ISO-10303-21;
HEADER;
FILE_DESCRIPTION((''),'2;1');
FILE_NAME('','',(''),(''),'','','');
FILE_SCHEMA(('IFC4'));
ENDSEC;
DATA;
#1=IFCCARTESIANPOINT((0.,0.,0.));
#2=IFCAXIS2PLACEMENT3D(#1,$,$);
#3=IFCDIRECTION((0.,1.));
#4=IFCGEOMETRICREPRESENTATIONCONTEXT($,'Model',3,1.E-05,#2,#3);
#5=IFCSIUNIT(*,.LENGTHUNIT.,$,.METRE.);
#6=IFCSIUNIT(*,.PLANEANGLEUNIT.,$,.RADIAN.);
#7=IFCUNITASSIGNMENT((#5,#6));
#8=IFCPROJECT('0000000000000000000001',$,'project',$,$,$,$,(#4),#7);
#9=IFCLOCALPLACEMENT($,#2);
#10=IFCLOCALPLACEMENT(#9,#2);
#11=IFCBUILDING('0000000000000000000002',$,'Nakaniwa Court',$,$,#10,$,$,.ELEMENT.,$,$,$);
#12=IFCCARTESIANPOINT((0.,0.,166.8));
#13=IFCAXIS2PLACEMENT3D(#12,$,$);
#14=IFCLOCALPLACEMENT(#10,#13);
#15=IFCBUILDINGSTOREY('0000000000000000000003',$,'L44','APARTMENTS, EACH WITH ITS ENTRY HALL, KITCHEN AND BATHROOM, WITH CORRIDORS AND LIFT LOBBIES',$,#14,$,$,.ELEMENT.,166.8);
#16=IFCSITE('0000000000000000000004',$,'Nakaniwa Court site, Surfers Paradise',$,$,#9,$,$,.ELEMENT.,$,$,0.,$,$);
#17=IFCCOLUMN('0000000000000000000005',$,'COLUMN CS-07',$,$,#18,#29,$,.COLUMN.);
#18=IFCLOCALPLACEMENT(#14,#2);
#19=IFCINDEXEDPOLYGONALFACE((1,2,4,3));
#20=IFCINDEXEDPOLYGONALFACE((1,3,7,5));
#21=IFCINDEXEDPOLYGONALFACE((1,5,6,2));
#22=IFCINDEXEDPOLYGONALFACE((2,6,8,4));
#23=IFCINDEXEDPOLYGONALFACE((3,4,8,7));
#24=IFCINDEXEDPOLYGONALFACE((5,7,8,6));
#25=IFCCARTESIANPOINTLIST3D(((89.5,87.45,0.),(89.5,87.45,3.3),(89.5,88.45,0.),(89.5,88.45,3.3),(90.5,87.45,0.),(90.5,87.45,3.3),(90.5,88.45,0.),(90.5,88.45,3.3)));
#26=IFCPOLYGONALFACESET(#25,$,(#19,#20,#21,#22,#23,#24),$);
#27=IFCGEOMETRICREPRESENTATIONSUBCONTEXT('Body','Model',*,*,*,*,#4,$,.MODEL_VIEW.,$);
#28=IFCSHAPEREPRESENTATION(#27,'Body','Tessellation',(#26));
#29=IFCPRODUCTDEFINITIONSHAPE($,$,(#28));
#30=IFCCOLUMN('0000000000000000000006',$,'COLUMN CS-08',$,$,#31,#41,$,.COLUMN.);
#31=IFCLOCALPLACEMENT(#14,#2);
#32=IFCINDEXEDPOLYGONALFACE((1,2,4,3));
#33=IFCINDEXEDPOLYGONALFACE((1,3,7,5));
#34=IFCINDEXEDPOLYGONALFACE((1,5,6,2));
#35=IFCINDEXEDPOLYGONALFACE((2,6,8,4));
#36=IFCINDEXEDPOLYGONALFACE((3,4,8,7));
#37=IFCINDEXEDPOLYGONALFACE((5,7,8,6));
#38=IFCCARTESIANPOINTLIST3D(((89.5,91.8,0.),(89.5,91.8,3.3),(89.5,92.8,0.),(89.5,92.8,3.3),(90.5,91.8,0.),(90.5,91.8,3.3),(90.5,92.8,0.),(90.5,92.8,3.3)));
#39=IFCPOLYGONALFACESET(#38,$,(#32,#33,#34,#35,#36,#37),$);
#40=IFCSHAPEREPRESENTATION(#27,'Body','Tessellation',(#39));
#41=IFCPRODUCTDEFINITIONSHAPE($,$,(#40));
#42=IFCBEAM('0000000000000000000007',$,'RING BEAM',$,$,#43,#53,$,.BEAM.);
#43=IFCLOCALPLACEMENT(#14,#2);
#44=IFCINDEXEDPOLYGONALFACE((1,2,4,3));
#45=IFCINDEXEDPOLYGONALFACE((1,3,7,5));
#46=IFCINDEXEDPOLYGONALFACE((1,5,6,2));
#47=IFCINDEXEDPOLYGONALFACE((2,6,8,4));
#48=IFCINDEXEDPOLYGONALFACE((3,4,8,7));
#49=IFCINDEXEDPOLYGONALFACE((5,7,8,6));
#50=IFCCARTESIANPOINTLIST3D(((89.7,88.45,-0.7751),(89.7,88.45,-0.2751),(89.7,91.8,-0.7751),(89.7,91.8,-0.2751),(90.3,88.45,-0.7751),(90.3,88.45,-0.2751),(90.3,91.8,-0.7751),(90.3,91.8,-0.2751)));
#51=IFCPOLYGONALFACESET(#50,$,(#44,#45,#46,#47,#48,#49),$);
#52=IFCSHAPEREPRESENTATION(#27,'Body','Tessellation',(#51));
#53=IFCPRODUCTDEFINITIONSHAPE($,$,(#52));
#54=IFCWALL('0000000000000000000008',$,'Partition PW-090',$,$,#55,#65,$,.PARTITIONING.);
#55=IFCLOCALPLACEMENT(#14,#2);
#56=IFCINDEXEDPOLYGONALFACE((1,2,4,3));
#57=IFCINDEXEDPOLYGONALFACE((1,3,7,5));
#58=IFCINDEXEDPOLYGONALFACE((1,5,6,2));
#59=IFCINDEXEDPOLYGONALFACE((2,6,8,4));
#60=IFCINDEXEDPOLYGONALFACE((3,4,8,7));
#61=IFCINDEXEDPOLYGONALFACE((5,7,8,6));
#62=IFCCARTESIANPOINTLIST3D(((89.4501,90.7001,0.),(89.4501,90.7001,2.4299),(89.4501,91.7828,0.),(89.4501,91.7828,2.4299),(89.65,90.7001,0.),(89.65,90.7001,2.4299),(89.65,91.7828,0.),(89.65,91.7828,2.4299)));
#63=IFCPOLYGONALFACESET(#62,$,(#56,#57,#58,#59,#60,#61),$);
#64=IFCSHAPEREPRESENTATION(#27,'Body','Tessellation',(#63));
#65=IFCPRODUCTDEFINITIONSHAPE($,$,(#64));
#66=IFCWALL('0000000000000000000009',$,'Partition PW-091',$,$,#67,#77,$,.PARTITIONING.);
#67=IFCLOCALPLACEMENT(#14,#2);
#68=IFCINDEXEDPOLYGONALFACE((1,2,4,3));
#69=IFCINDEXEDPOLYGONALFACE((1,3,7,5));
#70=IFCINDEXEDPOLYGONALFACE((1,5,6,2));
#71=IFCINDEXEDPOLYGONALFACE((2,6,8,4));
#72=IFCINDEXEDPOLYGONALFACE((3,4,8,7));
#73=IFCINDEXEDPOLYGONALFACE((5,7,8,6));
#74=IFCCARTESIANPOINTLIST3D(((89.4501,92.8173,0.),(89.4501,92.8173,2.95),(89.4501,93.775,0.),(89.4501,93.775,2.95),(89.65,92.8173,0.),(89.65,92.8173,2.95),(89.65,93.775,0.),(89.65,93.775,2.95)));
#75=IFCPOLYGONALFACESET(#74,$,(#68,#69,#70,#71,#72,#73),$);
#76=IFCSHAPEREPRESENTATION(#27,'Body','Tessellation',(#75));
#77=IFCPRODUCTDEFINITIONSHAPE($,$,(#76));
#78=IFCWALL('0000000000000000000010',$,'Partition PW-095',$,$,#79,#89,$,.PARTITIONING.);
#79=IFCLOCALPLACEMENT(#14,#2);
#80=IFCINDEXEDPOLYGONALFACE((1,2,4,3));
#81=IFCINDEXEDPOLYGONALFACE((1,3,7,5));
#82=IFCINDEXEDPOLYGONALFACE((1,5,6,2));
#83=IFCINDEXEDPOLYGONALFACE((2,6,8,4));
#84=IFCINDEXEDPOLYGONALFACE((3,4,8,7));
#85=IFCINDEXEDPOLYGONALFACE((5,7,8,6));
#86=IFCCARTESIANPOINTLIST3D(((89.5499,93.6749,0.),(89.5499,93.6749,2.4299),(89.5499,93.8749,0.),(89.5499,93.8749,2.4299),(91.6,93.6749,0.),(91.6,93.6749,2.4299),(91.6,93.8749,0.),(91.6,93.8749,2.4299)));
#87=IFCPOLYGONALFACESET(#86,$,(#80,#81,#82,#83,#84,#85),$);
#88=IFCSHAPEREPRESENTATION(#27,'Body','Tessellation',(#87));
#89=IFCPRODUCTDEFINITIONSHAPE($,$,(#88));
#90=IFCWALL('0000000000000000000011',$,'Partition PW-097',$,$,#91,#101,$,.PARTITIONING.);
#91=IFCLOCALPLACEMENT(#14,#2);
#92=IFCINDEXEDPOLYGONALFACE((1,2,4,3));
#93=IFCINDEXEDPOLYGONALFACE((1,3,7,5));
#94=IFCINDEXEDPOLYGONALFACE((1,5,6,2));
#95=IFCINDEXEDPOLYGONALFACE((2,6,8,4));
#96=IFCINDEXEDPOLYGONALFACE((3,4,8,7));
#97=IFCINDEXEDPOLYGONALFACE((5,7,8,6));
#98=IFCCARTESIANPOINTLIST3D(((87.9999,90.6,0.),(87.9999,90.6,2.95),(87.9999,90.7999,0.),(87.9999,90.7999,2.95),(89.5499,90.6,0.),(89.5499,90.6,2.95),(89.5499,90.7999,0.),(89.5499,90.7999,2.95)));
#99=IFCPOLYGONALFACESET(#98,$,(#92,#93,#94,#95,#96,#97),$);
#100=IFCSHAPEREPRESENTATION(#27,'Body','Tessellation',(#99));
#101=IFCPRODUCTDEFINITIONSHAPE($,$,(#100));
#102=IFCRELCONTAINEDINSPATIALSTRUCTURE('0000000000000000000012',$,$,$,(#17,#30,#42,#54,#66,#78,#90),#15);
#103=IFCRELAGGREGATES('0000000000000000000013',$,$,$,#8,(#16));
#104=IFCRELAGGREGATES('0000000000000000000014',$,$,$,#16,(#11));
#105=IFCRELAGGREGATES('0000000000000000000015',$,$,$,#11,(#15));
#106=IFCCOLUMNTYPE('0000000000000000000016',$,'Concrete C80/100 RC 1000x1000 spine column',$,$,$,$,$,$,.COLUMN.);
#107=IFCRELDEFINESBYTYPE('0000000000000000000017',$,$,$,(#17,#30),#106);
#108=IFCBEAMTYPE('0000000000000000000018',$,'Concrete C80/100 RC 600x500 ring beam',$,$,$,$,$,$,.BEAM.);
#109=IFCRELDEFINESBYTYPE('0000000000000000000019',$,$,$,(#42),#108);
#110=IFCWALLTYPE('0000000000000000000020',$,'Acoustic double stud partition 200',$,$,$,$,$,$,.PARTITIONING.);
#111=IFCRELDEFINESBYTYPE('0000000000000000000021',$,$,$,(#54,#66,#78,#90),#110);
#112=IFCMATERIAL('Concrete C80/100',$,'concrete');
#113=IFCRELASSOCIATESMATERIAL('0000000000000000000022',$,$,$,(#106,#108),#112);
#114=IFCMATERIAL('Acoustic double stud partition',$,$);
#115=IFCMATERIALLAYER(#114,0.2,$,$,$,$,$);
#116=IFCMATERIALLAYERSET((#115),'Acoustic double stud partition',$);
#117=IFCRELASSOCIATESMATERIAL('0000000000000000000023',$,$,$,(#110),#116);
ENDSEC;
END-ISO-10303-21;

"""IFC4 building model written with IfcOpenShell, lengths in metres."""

from ifc_helpers import new_model, si_unit, direction, frame, frame_2d, origin, origin_2d, place, context, subcontext, project, spatial, rectangle, extrude, material, layer, layer_set, material_profile, profile_set, type_object, element, save


model = new_model("IFC4")

# Units and contexts
model_context = context("Model", 3, precision=1e-05, world=origin(), true_north=direction((0.0, 1.0)))
body_context = subcontext(model_context, "Body", "Model", "MODEL_VIEW")
ifc_project = project(units=[si_unit("LENGTHUNIT", "METRE"), si_unit("PLANEANGLEUNIT", "RADIAN")], contexts=[model_context])

# Site, building, storey
site_placement = place(None, origin())
site = spatial("IfcSite", under=ifc_project, at=site_placement, Name="Nakaniwa Court site, Surfers Paradise", CompositionType="ELEMENT", RefElevation=0.0)
building_placement = place(site_placement, origin())
building = spatial("IfcBuilding", under=site, at=building_placement, Name="Nakaniwa Court", CompositionType="ELEMENT")
storey_placement = place(building_placement, frame((0.0, 0.0, 166.8)))
storey = spatial("IfcBuildingStorey", under=building, at=storey_placement, Name="L44", Description="APARTMENTS, EACH WITH ITS ENTRY HALL, KITCHEN AND BATHROOM, WITH CORRIDORS AND LIFT LOBBIES", CompositionType="ELEMENT", Elevation=166.8)

# Columns
ifc_material_1 = material(Name="Concrete C80/100", Category="concrete")
ifc_material_profile_1 = material_profile(ifc_material_1, rectangle(XDim=1.0, YDim=1.0, at=origin_2d()), Name="Concrete C80/100 RC 1000x1000 spine column")
ifc_profile_set_1 = profile_set([ifc_material_profile_1], Name="Concrete C80/100")
column_type = type_object("IfcColumnType", Name="Concrete C80/100 RC 1000x1000 spine column", PredefinedType="COLUMN", material=ifc_profile_set_1)
for number, where, z_axis, x_axis, name in (
    (1, (90.0, 87.95, 0.0), (0.0, 0.0, 1.0), (0.0, 1.0, 0.0), "COLUMN CS-07"),
    (2, (90.0, 92.3, 0.0), (0.0, 0.0, 1.0), (0.0, 1.0, 0.0), "COLUMN CS-08"),
):
    element("IfcColumn", number, at=place(storey_placement, frame(where, z_axis=z_axis, x_axis=x_axis)), inside=storey, type_object=column_type, Name=name, PredefinedType="COLUMN", context=body_context, shape_type="SweptSolid", body=[
        extrude(rectangle(XDim=1.0, YDim=1.0, at=origin_2d()), origin(), (0.0, 0.0, 1.0), 3.3),
    ])

# Beam
ifc_material_profile_2 = material_profile(ifc_material_1, rectangle(XDim=0.6001, YDim=0.5, at=origin_2d()), Name="Concrete C80/100 RC 600x500 ring beam")
ifc_profile_set_2 = profile_set([ifc_material_profile_2], Name="Concrete C80/100")
beam_type = type_object("IfcBeamType", Name="Concrete C80/100 RC 600x500 ring beam", PredefinedType="BEAM", material=ifc_profile_set_2)
beam_placement = place(storey_placement, frame((90.0, 88.45, -0.5251), z_axis=(0.0, 1.0, 0.0), x_axis=(-1.0, 0.0, 0.0)))
element("IfcBeam", 3, at=beam_placement, inside=storey, type_object=beam_type, Name="RING BEAM", PredefinedType="BEAM", context=body_context, shape_type="SweptSolid", body=[
    extrude(rectangle(XDim=0.6001, YDim=0.5, at=origin_2d()), origin(), (0.0, 0.0, 1.0), 3.3501),
])

# Walls
ifc_material_2 = material(Name="Acoustic double stud partition")
ifc_layer_1 = layer(ifc_material_2, 0.2)
ifc_layer_set_1 = layer_set([ifc_layer_1], Name="Acoustic double stud partition")
wall_type_1 = type_object("IfcWallType", Name="Acoustic double stud partition 200", PredefinedType="PARTITIONING", material=ifc_layer_set_1)
wall_1_placement = place(storey_placement, frame((89.55, 90.7, 0.0), z_axis=(0.0, 0.0, 1.0), x_axis=(0.0, 1.0, 0.0)))
element("IfcWall", 4, at=wall_1_placement, inside=storey, type_object=wall_type_1, Name="Partition PW-090", PredefinedType="PARTITIONING", context=body_context, shape_type="SweptSolid", body=[
    extrude(rectangle(XDim=1.0828, YDim=0.2, at=frame_2d((0.5415, 0.0))), origin(), (0.0, 0.0, 1.0), 2.4299),
])
wall_2_placement = place(storey_placement, frame((89.55, 92.8171, 0.0), z_axis=(0.0, 0.0, 1.0), x_axis=(0.0, 1.0, 0.0)))
element("IfcWall", 5, at=wall_2_placement, inside=storey, type_object=wall_type_1, Name="Partition PW-091", PredefinedType="PARTITIONING", context=body_context, shape_type="SweptSolid", body=[
    extrude(rectangle(XDim=0.9578, YDim=0.2, at=frame_2d((0.479, 0.0))), origin(), (0.0, 0.0, 1.0), 2.95),
])
wall_3_placement = place(storey_placement, frame((89.55, 93.7749, 0.0), z_axis=(0.0, 0.0, 1.0), x_axis=(1.0, 0.0, 0.0)))
element("IfcWall", 6, at=wall_3_placement, inside=storey, type_object=wall_type_1, Name="Partition PW-095", PredefinedType="PARTITIONING", context=body_context, shape_type="SweptSolid", body=[
    extrude(rectangle(XDim=2.05, YDim=0.2, at=frame_2d((1.0249, 0.0))), origin(), (0.0, 0.0, 1.0), 2.4299),
])
wall_4_placement = place(storey_placement, frame((88.0, 90.7, 0.0), z_axis=(0.0, 0.0, 1.0), x_axis=(1.0, 0.0, 0.0)))
element("IfcWall", 7, at=wall_4_placement, inside=storey, type_object=wall_type_1, Name="Partition PW-097", PredefinedType="PARTITIONING", context=body_context, shape_type="SweptSolid", body=[
    extrude(rectangle(XDim=1.55, YDim=0.2, at=frame_2d((0.7749, 0.0))), origin(), (0.0, 0.0, 1.0), 2.95),
])

save(model, "model.ifc")
